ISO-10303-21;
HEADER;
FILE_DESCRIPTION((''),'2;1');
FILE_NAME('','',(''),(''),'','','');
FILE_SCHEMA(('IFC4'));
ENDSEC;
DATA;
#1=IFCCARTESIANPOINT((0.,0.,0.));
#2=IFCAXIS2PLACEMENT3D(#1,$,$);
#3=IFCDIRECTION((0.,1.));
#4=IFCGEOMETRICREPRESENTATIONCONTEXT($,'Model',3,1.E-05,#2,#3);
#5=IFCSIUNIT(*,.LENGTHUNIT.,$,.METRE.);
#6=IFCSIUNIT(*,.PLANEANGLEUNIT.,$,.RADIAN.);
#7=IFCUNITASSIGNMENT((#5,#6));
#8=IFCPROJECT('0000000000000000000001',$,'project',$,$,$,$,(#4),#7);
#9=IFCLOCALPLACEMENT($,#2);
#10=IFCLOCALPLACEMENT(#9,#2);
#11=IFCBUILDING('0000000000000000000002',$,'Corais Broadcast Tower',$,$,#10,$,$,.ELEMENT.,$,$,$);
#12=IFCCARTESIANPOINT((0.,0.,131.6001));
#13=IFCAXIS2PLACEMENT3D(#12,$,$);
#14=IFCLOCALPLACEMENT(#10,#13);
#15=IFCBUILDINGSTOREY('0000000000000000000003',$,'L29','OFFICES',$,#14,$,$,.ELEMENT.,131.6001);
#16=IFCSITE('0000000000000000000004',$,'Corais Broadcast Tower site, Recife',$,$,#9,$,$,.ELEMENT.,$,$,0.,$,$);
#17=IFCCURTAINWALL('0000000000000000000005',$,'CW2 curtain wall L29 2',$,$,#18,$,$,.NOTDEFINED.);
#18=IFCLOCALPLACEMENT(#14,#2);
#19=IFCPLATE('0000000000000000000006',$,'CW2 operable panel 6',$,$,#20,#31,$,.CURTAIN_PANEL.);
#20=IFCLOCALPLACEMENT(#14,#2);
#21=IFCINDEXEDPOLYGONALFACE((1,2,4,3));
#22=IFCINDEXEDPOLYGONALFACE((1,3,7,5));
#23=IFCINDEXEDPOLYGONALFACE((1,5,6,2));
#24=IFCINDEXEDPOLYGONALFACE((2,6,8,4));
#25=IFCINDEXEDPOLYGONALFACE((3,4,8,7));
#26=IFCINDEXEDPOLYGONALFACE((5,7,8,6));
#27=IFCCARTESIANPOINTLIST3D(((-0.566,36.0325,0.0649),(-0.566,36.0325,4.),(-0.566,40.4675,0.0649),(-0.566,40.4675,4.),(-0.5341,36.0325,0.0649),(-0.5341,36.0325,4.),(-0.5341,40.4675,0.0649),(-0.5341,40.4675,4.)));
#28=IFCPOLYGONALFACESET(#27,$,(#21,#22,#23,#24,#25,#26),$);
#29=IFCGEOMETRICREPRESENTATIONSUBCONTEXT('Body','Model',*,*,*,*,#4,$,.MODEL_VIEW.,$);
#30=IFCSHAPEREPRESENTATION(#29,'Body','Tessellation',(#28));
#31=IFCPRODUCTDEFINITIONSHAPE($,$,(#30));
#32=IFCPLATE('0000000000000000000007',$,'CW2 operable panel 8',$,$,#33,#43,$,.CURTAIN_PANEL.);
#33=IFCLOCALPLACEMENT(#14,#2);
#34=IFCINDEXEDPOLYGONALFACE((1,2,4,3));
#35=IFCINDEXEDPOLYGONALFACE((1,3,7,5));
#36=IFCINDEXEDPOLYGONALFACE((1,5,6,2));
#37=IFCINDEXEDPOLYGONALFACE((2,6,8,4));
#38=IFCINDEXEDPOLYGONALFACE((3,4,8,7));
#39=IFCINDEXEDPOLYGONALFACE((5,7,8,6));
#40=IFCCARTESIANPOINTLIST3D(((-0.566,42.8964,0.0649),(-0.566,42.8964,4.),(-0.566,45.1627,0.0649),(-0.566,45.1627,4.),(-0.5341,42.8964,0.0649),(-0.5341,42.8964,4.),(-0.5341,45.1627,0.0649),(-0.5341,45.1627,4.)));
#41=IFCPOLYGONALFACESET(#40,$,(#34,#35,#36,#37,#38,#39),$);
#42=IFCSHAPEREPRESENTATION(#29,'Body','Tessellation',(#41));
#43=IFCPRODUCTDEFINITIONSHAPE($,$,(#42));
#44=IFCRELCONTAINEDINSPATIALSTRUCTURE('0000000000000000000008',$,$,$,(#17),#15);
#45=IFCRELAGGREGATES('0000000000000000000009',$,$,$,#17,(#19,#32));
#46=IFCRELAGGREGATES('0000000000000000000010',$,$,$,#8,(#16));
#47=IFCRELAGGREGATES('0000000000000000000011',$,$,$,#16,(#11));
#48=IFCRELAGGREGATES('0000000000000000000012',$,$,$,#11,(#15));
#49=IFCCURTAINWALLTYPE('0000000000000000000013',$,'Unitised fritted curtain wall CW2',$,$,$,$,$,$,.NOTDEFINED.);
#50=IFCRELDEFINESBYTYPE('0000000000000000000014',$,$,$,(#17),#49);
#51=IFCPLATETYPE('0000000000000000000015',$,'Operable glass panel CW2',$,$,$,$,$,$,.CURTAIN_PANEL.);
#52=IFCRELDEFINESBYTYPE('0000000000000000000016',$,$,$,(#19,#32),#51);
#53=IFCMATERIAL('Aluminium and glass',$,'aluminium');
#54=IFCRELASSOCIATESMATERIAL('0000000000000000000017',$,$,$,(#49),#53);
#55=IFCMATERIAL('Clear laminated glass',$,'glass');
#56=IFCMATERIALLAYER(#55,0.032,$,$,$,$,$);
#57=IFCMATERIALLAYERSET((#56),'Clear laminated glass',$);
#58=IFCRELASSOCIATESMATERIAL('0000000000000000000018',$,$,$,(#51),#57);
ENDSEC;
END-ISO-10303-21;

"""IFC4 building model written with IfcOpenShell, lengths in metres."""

from ifc_helpers import new_model, si_unit, direction, frame, origin, origin_2d, place, context, subcontext, project, spatial, rectangle, extrude, material, layer, layer_set, type_object, element, aggregate, save


model = new_model("IFC4")

# Units and contexts
model_context = context("Model", 3, precision=1e-05, world=origin(), true_north=direction((0.0, 1.0)))
body_context = subcontext(model_context, "Body", "Model", "MODEL_VIEW")
ifc_project = project(units=[si_unit("LENGTHUNIT", "METRE"), si_unit("PLANEANGLEUNIT", "RADIAN")], contexts=[model_context])

# Site, building, storey
site_placement = place(None, origin())
site = spatial("IfcSite", under=ifc_project, at=site_placement, Name="Corais Broadcast Tower site, Recife", CompositionType="ELEMENT", RefElevation=0.0)
building_placement = place(site_placement, origin())
building = spatial("IfcBuilding", under=site, at=building_placement, Name="Corais Broadcast Tower", CompositionType="ELEMENT")
storey_placement = place(building_placement, frame((0.0, 0.0, 131.6001)))
storey = spatial("IfcBuildingStorey", under=building, at=storey_placement, Name="L29", Description="OFFICES", CompositionType="ELEMENT", Elevation=131.6001)

# Curtain wall
ifc_material_1 = material(Name="Aluminium and glass", Category="aluminium")
curtain_wall_type = type_object("IfcCurtainWallType", Name="Unitised fritted curtain wall CW2", PredefinedType="NOTDEFINED", material=ifc_material_1)
curtain_wall_placement = place(storey_placement, origin())
curtain_wall = element("IfcCurtainWall", 1, at=curtain_wall_placement, inside=storey, type_object=curtain_wall_type, Name="CW2 curtain wall L29 2", PredefinedType="NOTDEFINED")

# Plates
ifc_material_2 = material(Name="Clear laminated glass", Category="glass")
ifc_layer_1 = layer(ifc_material_2, 0.032)
ifc_layer_set_1 = layer_set([ifc_layer_1], Name="Clear laminated glass")
plate_type_1 = type_object("IfcPlateType", Name="Operable glass panel CW2", PredefinedType="CURTAIN_PANEL", material=ifc_layer_set_1)
plate_1_placement = place(storey_placement, frame((-0.55, 38.25, 0.0649), z_axis=(0.0, 0.0, 1.0), x_axis=(0.0, 1.0, 0.0)))
plate_1 = element("IfcPlate", 2, at=plate_1_placement, type_object=plate_type_1, Name="CW2 operable panel 6", PredefinedType="CURTAIN_PANEL", context=body_context, shape_type="SweptSolid", body=[
    extrude(rectangle(XDim=4.4351, YDim=0.032, at=origin_2d()), origin(), (0.0, 0.0, 1.0), 3.9351),
])
plate_2_placement = place(storey_placement, frame((-0.55, 44.0295, 0.0649), z_axis=(0.0, 0.0, 1.0), x_axis=(0.0, 1.0, 0.0)))
plate_2 = element("IfcPlate", 3, at=plate_2_placement, type_object=plate_type_1, Name="CW2 operable panel 8", PredefinedType="CURTAIN_PANEL", context=body_context, shape_type="SweptSolid", body=[
    extrude(rectangle(XDim=2.2664, YDim=0.032, at=origin_2d()), origin(), (0.0, 0.0, 1.0), 3.9351),
])
aggregate(curtain_wall, [plate_1, plate_2])

save(model, "model.ifc")
